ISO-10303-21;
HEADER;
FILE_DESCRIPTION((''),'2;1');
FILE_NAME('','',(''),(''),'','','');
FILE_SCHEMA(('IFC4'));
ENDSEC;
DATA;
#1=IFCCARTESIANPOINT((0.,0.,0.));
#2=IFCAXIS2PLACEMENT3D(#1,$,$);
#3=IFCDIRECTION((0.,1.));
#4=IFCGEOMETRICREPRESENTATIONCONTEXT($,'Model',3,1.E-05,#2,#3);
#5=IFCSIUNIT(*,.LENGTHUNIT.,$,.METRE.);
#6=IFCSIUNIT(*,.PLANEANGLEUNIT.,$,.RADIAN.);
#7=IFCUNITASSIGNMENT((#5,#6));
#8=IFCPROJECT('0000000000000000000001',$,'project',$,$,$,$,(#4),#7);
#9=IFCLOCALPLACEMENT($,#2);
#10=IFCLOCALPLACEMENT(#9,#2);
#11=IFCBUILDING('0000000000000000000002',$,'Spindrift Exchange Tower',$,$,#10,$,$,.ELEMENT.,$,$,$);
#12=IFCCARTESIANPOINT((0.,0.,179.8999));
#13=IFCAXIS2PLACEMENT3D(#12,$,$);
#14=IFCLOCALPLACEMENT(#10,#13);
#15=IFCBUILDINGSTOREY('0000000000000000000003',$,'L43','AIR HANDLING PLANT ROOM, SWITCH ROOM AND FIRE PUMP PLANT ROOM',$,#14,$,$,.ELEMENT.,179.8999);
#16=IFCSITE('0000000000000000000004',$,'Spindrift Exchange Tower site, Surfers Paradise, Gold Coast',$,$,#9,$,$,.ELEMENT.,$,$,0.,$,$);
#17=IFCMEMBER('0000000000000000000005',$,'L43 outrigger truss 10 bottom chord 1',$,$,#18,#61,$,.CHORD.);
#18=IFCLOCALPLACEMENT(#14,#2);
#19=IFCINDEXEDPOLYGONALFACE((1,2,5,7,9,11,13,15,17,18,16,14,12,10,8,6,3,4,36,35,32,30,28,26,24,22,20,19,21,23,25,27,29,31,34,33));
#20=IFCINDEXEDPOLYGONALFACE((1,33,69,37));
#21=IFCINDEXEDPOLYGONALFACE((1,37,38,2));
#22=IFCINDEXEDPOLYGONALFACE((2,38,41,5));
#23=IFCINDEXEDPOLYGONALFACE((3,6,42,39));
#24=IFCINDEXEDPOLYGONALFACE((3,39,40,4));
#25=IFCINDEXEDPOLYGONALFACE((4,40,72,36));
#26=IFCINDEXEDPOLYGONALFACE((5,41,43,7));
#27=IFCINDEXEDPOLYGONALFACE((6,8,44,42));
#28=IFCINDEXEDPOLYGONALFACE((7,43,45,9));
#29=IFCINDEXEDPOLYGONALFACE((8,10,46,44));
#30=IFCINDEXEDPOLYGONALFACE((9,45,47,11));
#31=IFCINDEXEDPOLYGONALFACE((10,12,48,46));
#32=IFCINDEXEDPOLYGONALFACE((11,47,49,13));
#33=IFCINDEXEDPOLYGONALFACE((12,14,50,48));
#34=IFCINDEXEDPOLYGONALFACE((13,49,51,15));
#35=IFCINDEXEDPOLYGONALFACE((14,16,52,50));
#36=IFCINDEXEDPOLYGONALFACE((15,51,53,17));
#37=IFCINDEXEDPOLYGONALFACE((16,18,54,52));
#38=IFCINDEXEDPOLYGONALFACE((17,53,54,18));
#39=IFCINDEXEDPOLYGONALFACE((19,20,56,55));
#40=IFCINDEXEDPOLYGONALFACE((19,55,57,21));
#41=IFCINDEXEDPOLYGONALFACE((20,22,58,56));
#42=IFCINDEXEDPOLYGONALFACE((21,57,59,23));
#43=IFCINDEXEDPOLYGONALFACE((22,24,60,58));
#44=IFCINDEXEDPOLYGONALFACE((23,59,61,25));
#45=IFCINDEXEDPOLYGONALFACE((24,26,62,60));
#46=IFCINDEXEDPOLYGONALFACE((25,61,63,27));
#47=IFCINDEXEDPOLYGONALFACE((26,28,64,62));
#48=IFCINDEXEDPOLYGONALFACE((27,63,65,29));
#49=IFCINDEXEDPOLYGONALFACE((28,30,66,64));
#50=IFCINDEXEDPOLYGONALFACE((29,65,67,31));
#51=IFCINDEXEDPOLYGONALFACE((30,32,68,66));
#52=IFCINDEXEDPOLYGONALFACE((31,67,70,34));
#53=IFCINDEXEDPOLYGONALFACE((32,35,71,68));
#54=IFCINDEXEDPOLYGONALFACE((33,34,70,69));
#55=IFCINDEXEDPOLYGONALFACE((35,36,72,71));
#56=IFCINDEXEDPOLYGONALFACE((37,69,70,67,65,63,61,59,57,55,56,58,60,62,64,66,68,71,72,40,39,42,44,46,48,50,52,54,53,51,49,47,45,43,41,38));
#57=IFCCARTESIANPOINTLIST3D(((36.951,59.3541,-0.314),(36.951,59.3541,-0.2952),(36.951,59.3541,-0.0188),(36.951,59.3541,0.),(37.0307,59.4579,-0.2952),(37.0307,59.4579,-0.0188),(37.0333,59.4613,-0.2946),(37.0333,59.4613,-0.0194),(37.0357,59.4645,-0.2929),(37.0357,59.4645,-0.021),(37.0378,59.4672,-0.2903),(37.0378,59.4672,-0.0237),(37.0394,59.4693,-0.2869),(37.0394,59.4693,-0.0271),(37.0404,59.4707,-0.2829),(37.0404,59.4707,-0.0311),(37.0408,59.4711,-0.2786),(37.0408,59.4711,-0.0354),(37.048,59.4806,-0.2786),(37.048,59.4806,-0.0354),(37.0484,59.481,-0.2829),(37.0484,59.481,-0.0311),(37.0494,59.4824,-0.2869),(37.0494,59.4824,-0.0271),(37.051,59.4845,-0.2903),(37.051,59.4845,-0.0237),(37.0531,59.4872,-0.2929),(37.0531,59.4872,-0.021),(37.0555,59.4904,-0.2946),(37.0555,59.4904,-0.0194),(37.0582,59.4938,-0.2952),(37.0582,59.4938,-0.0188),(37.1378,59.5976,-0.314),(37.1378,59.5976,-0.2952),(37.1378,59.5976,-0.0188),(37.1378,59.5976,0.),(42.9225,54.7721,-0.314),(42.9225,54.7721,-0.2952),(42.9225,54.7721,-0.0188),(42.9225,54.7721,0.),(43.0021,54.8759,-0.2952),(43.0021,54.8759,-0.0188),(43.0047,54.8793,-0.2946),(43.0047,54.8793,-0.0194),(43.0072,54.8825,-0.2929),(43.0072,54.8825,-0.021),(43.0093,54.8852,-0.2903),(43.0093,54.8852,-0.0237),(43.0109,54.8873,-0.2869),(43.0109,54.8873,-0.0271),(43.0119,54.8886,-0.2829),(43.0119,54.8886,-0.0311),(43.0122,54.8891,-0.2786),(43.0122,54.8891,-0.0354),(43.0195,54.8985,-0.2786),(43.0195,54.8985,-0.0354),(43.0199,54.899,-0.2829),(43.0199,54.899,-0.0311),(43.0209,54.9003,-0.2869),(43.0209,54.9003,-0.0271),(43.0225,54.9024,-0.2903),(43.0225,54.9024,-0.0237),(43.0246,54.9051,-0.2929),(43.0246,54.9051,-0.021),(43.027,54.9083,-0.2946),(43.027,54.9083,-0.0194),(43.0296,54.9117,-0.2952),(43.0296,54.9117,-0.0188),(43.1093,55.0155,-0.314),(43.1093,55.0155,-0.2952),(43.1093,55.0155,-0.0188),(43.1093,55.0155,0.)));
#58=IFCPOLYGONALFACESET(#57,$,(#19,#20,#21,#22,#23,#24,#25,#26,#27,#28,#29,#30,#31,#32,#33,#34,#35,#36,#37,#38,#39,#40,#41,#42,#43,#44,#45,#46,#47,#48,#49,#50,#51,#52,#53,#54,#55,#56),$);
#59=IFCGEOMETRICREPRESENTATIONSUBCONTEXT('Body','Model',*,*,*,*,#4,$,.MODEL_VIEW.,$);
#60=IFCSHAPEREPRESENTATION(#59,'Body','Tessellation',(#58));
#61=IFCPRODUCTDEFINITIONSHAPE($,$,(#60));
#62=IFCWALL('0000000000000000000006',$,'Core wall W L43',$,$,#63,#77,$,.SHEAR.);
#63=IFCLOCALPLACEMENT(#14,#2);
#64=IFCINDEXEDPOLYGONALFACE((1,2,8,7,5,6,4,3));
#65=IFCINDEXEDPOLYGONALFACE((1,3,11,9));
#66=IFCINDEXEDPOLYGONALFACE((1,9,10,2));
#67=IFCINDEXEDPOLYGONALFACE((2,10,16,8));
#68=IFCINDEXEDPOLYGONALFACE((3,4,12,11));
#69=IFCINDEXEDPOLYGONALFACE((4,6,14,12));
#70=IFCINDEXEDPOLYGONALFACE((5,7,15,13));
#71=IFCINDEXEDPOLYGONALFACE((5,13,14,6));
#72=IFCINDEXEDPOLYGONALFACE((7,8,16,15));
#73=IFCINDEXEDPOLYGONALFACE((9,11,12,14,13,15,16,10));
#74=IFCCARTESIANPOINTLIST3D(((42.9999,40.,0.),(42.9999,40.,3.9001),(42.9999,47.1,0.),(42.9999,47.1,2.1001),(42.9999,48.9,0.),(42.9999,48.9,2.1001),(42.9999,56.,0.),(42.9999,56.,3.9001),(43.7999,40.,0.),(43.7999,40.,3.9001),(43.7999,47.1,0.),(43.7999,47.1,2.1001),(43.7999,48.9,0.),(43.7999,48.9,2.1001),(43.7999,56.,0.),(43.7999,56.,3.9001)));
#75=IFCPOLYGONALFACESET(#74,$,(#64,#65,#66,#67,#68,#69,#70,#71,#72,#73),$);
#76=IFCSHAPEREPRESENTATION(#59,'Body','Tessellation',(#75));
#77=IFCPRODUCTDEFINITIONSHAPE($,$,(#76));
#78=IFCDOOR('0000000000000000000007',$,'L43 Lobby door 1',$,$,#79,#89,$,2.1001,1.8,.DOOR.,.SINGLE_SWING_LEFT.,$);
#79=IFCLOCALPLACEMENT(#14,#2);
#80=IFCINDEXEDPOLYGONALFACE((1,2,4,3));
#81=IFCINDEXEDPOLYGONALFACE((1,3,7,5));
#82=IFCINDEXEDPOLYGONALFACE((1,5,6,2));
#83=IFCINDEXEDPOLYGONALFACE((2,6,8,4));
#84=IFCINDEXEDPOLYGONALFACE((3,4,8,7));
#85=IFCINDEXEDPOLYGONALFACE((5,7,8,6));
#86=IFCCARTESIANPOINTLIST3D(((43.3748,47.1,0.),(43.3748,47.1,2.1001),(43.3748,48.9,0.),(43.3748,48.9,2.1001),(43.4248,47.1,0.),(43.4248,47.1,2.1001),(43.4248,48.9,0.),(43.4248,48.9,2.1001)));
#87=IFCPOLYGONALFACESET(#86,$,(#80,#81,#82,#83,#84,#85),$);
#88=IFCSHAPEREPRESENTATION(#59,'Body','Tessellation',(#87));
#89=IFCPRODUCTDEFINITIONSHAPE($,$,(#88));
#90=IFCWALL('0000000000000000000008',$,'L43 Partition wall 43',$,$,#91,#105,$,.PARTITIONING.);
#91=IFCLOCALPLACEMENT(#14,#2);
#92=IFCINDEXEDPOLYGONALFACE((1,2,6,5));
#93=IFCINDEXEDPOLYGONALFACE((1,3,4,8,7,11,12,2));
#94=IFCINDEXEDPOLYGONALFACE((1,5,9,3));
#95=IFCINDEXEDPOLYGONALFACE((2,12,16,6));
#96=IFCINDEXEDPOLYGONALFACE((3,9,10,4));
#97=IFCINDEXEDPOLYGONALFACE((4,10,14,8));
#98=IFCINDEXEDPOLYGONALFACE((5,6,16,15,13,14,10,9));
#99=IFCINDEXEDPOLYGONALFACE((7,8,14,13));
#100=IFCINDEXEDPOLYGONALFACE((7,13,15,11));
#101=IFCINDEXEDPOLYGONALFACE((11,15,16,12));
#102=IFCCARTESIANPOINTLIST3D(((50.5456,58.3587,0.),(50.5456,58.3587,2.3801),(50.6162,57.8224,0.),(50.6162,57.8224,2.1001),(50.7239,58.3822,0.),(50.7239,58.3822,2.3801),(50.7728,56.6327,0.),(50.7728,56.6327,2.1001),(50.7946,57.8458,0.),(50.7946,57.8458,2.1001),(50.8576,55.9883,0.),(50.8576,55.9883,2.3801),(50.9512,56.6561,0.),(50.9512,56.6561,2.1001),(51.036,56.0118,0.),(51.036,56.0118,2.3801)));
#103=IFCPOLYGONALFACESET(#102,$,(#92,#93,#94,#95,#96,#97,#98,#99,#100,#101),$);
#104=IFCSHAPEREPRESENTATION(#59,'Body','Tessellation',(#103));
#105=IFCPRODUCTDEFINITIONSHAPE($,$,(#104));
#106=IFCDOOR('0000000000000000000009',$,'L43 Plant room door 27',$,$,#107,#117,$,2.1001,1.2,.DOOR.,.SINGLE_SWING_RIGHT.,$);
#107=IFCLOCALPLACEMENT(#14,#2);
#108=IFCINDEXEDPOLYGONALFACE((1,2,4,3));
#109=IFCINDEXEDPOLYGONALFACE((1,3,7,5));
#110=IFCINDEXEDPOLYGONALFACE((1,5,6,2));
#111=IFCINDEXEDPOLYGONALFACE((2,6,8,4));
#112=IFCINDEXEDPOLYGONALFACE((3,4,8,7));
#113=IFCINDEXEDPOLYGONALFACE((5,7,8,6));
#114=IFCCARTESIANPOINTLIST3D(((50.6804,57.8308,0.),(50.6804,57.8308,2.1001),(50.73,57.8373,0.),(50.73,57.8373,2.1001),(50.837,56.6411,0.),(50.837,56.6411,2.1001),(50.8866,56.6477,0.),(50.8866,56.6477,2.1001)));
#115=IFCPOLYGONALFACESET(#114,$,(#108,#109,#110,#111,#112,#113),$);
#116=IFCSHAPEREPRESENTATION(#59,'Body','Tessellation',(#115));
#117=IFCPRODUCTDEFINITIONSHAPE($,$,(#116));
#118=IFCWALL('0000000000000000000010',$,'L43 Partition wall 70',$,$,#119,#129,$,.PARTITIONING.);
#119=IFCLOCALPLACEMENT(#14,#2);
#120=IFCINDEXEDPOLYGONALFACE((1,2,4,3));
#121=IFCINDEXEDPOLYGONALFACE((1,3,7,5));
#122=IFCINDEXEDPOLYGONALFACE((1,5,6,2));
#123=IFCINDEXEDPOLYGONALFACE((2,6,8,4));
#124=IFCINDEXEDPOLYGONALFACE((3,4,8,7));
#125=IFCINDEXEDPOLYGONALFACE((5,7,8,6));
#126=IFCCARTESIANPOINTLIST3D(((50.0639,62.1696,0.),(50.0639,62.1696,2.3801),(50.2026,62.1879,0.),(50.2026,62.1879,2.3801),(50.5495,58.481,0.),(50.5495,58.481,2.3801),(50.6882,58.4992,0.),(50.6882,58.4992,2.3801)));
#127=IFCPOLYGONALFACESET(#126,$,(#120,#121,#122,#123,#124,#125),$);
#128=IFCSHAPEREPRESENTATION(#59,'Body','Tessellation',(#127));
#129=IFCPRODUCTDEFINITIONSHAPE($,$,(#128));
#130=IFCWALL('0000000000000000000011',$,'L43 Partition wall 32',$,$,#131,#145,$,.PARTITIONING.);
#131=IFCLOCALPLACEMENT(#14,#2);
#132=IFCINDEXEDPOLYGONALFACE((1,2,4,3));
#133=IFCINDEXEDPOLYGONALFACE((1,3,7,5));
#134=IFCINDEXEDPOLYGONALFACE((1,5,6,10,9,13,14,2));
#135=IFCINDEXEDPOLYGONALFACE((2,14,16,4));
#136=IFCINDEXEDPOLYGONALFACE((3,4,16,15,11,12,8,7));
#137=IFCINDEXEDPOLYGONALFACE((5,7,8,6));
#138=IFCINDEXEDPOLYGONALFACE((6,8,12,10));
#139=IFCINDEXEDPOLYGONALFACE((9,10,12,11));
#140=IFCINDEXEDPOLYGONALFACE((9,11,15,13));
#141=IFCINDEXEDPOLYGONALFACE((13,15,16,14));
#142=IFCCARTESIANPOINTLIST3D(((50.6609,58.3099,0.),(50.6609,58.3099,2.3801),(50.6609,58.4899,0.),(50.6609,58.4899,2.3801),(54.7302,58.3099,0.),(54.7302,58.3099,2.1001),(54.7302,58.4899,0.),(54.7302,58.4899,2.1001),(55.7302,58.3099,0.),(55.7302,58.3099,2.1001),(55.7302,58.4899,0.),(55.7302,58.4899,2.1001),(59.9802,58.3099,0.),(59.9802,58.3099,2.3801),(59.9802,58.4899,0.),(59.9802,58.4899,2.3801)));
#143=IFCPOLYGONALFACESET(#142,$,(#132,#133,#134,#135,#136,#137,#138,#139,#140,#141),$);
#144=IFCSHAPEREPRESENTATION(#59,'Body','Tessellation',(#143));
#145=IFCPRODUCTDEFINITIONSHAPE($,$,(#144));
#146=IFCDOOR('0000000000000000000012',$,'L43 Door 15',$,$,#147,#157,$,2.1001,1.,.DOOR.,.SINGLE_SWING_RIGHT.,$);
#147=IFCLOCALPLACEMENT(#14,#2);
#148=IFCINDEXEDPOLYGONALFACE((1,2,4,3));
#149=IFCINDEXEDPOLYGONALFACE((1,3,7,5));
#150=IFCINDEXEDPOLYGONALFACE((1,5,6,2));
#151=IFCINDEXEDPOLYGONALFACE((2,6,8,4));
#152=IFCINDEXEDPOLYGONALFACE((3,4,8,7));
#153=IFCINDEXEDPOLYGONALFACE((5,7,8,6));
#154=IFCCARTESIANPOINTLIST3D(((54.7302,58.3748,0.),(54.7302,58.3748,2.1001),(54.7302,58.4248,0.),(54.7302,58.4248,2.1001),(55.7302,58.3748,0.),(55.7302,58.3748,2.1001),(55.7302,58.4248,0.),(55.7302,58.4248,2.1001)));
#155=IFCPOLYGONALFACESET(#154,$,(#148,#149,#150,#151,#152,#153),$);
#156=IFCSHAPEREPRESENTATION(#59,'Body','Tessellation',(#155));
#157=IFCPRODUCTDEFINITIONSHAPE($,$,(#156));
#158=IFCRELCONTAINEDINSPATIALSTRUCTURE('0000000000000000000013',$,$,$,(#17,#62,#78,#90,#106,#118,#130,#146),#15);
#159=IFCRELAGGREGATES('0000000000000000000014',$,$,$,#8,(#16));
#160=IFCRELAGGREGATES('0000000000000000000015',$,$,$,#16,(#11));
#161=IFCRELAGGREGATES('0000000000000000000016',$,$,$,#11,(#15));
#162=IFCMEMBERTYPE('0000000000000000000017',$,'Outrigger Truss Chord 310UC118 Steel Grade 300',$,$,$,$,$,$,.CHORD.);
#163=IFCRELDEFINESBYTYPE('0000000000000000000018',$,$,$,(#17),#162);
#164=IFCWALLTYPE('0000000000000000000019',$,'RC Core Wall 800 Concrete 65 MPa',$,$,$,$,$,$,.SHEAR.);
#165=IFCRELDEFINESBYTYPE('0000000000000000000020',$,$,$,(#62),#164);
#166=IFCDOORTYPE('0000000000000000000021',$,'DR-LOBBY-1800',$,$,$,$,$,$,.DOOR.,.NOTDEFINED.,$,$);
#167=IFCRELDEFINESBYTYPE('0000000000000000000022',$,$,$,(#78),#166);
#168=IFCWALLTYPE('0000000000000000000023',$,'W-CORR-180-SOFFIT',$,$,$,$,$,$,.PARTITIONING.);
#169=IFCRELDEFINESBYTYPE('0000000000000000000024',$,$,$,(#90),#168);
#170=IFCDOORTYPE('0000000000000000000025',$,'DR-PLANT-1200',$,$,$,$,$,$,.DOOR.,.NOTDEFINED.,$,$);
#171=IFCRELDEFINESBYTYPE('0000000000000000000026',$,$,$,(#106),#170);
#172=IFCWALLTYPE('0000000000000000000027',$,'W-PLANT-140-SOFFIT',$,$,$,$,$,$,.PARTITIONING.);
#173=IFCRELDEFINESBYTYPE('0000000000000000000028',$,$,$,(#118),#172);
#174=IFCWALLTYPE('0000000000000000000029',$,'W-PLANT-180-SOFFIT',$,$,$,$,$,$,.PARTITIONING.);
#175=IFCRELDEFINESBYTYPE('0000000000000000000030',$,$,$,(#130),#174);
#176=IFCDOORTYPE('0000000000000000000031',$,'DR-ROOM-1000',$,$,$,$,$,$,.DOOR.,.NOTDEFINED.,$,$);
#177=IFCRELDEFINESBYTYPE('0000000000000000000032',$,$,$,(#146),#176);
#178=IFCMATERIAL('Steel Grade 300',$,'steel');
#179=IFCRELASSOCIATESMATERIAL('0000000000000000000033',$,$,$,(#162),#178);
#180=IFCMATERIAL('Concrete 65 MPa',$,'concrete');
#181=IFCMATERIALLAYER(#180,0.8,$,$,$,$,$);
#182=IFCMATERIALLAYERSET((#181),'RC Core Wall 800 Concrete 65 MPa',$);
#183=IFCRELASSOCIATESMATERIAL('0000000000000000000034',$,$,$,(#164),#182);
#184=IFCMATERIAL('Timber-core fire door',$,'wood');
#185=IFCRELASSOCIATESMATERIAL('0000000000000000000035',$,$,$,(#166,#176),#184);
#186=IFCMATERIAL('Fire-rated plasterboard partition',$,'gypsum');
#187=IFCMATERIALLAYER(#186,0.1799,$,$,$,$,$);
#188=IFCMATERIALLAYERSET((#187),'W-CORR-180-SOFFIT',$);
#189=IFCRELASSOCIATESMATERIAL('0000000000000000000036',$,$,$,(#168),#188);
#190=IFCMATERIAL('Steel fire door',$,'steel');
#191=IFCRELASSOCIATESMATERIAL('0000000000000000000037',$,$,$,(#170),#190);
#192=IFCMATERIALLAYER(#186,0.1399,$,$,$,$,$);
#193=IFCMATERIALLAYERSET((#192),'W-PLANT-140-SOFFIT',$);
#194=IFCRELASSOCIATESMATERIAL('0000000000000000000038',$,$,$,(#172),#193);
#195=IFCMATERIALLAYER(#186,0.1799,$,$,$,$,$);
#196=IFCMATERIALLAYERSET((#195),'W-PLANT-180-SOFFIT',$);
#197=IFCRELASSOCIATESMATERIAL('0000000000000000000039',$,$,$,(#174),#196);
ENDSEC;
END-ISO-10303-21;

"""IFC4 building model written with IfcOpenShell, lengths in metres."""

from ifc_helpers import new_model, si_unit, direction, frame, frame_2d, origin, origin_2d, place, context, subcontext, project, spatial, rectangle, i_section, extrude, source, transform, mapped, material, layer, layer_set, material_profile, profile_set, type_object, element, fill, save


model = new_model("IFC4")

# Units and contexts
model_context = context("Model", 3, precision=1e-05, world=origin(), true_north=direction((0.0, 1.0)))
body_context = subcontext(model_context, "Body", "Model", "MODEL_VIEW")
ifc_project = project(units=[si_unit("LENGTHUNIT", "METRE"), si_unit("PLANEANGLEUNIT", "RADIAN")], contexts=[model_context])

# Site, building, storey
site_placement = place(None, origin())
site = spatial("IfcSite", under=ifc_project, at=site_placement, Name="Spindrift Exchange Tower site, Surfers Paradise, Gold Coast", CompositionType="ELEMENT", RefElevation=0.0)
building_placement = place(site_placement, origin())
building = spatial("IfcBuilding", under=site, at=building_placement, Name="Spindrift Exchange Tower", CompositionType="ELEMENT")
storey_placement = place(building_placement, frame((0.0, 0.0, 179.8999)))
storey = spatial("IfcBuildingStorey", under=building, at=storey_placement, Name="L43", Description="AIR HANDLING PLANT ROOM, SWITCH ROOM AND FIRE PUMP PLANT ROOM", CompositionType="ELEMENT", Elevation=179.8999)

# Shared definitions
ifc_material_1 = material(Name="Steel Grade 300", Category="steel")

# Shared definitions
ifc_material_profile_1 = material_profile(ifc_material_1, i_section(OverallWidth=0.3069, OverallDepth=0.314, WebThickness=0.012, FlangeThickness=0.0188, FilletRadius=0.0166, at=origin_2d()), Name="310UC118")
ifc_profile_set_1 = profile_set([ifc_material_profile_1], Name="Steel Grade 300")
member_type = type_object("IfcMemberType", Name="Outrigger Truss Chord 310UC118 Steel Grade 300", PredefinedType="CHORD", material=ifc_profile_set_1)

# Member
shared_shape_1 = source(origin(), body_context, "Body", "SweptSolid", [
    extrude(i_section(OverallWidth=0.3069, OverallDepth=0.314, WebThickness=0.012, FlangeThickness=0.0188, FilletRadius=0.0166, at=origin_2d()), origin(), (0.0, 0.0, 1.0), 7.5269),
])
member_1_placement = place(storey_placement, frame((43.0159, 54.8938, -0.157), z_axis=(-0.793354, 0.60876, 0.0), x_axis=(-0.60876, -0.793354, 0.0)))
element("IfcMember", 1, at=member_1_placement, inside=storey, type_object=member_type, Name="L43 outrigger truss 10 bottom chord 1", PredefinedType="CHORD", context=body_context, shape_type="MappedRepresentation", body=[
    mapped(shared_shape_1, transform((0.0, 0.0, 0.0), scale=1.0)),
])

# Walls, openings, doors
ifc_material_2 = material(Name="Concrete 65 MPa", Category="concrete")
ifc_layer_1 = layer(ifc_material_2, 0.8)
ifc_layer_set_1 = layer_set([ifc_layer_1], Name="RC Core Wall 800 Concrete 65 MPa")
wall_type_1 = type_object("IfcWallType", Name="RC Core Wall 800 Concrete 65 MPa", PredefinedType="SHEAR", material=ifc_layer_set_1)
wall_1_placement = place(storey_placement, frame((43.3999, 56.0, 0.0), z_axis=(0.0, 0.0, 1.0), x_axis=(0.0, -1.0, 0.0)))
wall_1 = element("IfcWall", 2, at=wall_1_placement, inside=storey, type_object=wall_type_1, Name="Core wall W L43", PredefinedType="SHEAR", context=body_context, shape_type="SweptSolid", body=[
    extrude(rectangle(XDim=16.0, YDim=0.8, at=frame_2d((8.0, 0.0))), origin(), (0.0, 0.0, 1.0), 3.9001),
])
opening_1_placement = place(wall_1_placement, frame((7.1001, 0.0, 0.0)))
opening_1 = element("IfcOpeningElement", 3, at=opening_1_placement, cuts=wall_1, PredefinedType="OPENING", context=body_context, shape_type="SweptSolid", body=[
    extrude(rectangle(XDim=1.8, YDim=2.1001, at=frame_2d((0.8999, 1.05))), frame((0.0, 0.4099, 0.0), z_axis=(0.0, -1.0, 0.0), x_axis=(1.0, 0.0, 0.0)), (0.0, 0.0, 1.0), 0.8201),
])
ifc_material_3 = material(Name="Timber-core fire door", Category="wood")
door_type_1 = type_object("IfcDoorType", Name="DR-LOBBY-1800", OperationType="NOTDEFINED", PredefinedType="DOOR", material=ifc_material_3)
shared_shape_2 = source(origin(), body_context, "Body", "SweptSolid", [
    extrude(rectangle(XDim=1.8, YDim=2.1001, at=frame_2d((0.8999, 1.05))), frame((0.0, 0.0249, 0.0), z_axis=(0.0, -1.0, 0.0), x_axis=(1.0, 0.0, 0.0)), (0.0, 0.0, 1.0), 0.05),
])
door_1_placement = place(opening_1_placement, origin())
door_1 = element("IfcDoor", 4, at=door_1_placement, inside=storey, type_object=door_type_1, Name="L43 Lobby door 1", OperationType="SINGLE_SWING_LEFT", OverallHeight=2.1001, OverallWidth=1.8, PredefinedType="DOOR", context=body_context, shape_type="MappedRepresentation", body=[
    mapped(shared_shape_2, transform((0.0, 0.0, 0.0), scale=1.0)),
])
fill(opening_1, door_1)
ifc_material_4 = material(Name="Fire-rated plasterboard partition", Category="gypsum")
ifc_layer_2 = layer(ifc_material_4, 0.1799)
ifc_layer_set_2 = layer_set([ifc_layer_2], Name="W-CORR-180-SOFFIT")
wall_type_2 = type_object("IfcWallType", Name="W-CORR-180-SOFFIT", PredefinedType="PARTITIONING", material=ifc_layer_set_2)
wall_2_placement = place(storey_placement, frame((50.6348, 58.3704, 0.0), z_axis=(0.0, 0.0, 1.0), x_axis=(0.130505, -0.991448, 0.0)))
wall_2 = element("IfcWall", 5, at=wall_2_placement, inside=storey, type_object=wall_type_2, Name="L43 Partition wall 43", PredefinedType="PARTITIONING", context=body_context, shape_type="SweptSolid", body=[
    extrude(rectangle(XDim=2.3909, YDim=0.1799, at=frame_2d((1.1953, 0.0))), origin(), (0.0, 0.0, 1.0), 2.3801),
])
opening_2_placement = place(wall_2_placement, frame((0.5408, 0.0, 0.0)))
opening_2 = element("IfcOpeningElement", 6, at=opening_2_placement, cuts=wall_2, PredefinedType="OPENING", context=body_context, shape_type="SweptSolid", body=[
    extrude(rectangle(XDim=1.2, YDim=2.1001, at=frame_2d((0.6001, 1.05))), frame((0.0, 0.0999, 0.0), z_axis=(0.0, -1.0, 0.0), x_axis=(1.0, 0.0, 0.0)), (0.0, 0.0, 1.0), 0.2),
])
ifc_material_5 = material(Name="Steel fire door", Category="steel")
door_type_2 = type_object("IfcDoorType", Name="DR-PLANT-1200", OperationType="NOTDEFINED", PredefinedType="DOOR", material=ifc_material_5)
shared_shape_3 = source(origin(), body_context, "Body", "SweptSolid", [
    extrude(rectangle(XDim=1.2, YDim=2.1001, at=frame_2d((0.6001, 1.05))), frame((0.0, 0.0249, 0.0), z_axis=(0.0, -1.0, 0.0), x_axis=(1.0, 0.0, 0.0)), (0.0, 0.0, 1.0), 0.05),
])
door_2_placement = place(opening_2_placement, origin())
door_2 = element("IfcDoor", 7, at=door_2_placement, inside=storey, type_object=door_type_2, Name="L43 Plant room door 27", OperationType="SINGLE_SWING_RIGHT", OverallHeight=2.1001, OverallWidth=1.2, PredefinedType="DOOR", context=body_context, shape_type="MappedRepresentation", body=[
    mapped(shared_shape_3, transform((0.0, 0.0, 0.0), scale=1.0)),
])
fill(opening_2, door_2)

# Wall
ifc_layer_3 = layer(ifc_material_4, 0.1399)
ifc_layer_set_3 = layer_set([ifc_layer_3], Name="W-PLANT-140-SOFFIT")
wall_type_3 = type_object("IfcWallType", Name="W-PLANT-140-SOFFIT", PredefinedType="PARTITIONING", material=ifc_layer_set_3)
wall_3_placement = place(storey_placement, frame((50.6189, 58.49, 0.0), z_axis=(0.0, 0.0, 1.0), x_axis=(-0.130517, 0.991446, 0.0)))
element("IfcWall", 8, at=wall_3_placement, inside=storey, type_object=wall_type_3, Name="L43 Partition wall 70", PredefinedType="PARTITIONING", context=body_context, shape_type="SweptSolid", body=[
    extrude(rectangle(XDim=3.7205, YDim=0.1399, at=frame_2d((1.8604, 0.0))), origin(), (0.0, 0.0, 1.0), 2.3801),
])

# Wall, opening, door
ifc_layer_4 = layer(ifc_material_4, 0.1799)
ifc_layer_set_4 = layer_set([ifc_layer_4], Name="W-PLANT-180-SOFFIT")
wall_type_4 = type_object("IfcWallType", Name="W-PLANT-180-SOFFIT", PredefinedType="PARTITIONING", material=ifc_layer_set_4)
wall_4_placement = place(storey_placement, frame((50.6609, 58.3999, 0.0), z_axis=(0.0, 0.0, 1.0), x_axis=(1.0, 0.0, 0.0)))
wall_4 = element("IfcWall", 9, at=wall_4_placement, inside=storey, type_object=wall_type_4, Name="L43 Partition wall 32", PredefinedType="PARTITIONING", context=body_context, shape_type="SweptSolid", body=[
    extrude(rectangle(XDim=9.3193, YDim=0.1799, at=frame_2d((4.6597, 0.0))), origin(), (0.0, 0.0, 1.0), 2.3801),
])
opening_3_placement = place(wall_4_placement, frame((4.0693, 0.0, 0.0)))
opening_3 = element("IfcOpeningElement", 10, at=opening_3_placement, cuts=wall_4, PredefinedType="OPENING", context=body_context, shape_type="SweptSolid", body=[
    extrude(rectangle(XDim=1.0, YDim=2.1001, at=frame_2d((0.5, 1.05))), frame((0.0, 0.0999, 0.0), z_axis=(0.0, -1.0, 0.0), x_axis=(1.0, 0.0, 0.0)), (0.0, 0.0, 1.0), 0.2),
])
door_type_3 = type_object("IfcDoorType", Name="DR-ROOM-1000", OperationType="NOTDEFINED", PredefinedType="DOOR", material=ifc_material_3)
shared_shape_4 = source(origin(), body_context, "Body", "SweptSolid", [
    extrude(rectangle(XDim=1.0, YDim=2.1001, at=frame_2d((0.5, 1.05))), frame((0.0, 0.0249, 0.0), z_axis=(0.0, -1.0, 0.0), x_axis=(1.0, 0.0, 0.0)), (0.0, 0.0, 1.0), 0.05),
])
door_3_placement = place(opening_3_placement, origin())
door_3 = element("IfcDoor", 11, at=door_3_placement, inside=storey, type_object=door_type_3, Name="L43 Door 15", OperationType="SINGLE_SWING_RIGHT", OverallHeight=2.1001, OverallWidth=1.0, PredefinedType="DOOR", context=body_context, shape_type="MappedRepresentation", body=[
    mapped(shared_shape_4, transform((0.0, 0.0, 0.0), scale=1.0)),
])
fill(opening_3, door_3)

save(model, "model.ifc")
